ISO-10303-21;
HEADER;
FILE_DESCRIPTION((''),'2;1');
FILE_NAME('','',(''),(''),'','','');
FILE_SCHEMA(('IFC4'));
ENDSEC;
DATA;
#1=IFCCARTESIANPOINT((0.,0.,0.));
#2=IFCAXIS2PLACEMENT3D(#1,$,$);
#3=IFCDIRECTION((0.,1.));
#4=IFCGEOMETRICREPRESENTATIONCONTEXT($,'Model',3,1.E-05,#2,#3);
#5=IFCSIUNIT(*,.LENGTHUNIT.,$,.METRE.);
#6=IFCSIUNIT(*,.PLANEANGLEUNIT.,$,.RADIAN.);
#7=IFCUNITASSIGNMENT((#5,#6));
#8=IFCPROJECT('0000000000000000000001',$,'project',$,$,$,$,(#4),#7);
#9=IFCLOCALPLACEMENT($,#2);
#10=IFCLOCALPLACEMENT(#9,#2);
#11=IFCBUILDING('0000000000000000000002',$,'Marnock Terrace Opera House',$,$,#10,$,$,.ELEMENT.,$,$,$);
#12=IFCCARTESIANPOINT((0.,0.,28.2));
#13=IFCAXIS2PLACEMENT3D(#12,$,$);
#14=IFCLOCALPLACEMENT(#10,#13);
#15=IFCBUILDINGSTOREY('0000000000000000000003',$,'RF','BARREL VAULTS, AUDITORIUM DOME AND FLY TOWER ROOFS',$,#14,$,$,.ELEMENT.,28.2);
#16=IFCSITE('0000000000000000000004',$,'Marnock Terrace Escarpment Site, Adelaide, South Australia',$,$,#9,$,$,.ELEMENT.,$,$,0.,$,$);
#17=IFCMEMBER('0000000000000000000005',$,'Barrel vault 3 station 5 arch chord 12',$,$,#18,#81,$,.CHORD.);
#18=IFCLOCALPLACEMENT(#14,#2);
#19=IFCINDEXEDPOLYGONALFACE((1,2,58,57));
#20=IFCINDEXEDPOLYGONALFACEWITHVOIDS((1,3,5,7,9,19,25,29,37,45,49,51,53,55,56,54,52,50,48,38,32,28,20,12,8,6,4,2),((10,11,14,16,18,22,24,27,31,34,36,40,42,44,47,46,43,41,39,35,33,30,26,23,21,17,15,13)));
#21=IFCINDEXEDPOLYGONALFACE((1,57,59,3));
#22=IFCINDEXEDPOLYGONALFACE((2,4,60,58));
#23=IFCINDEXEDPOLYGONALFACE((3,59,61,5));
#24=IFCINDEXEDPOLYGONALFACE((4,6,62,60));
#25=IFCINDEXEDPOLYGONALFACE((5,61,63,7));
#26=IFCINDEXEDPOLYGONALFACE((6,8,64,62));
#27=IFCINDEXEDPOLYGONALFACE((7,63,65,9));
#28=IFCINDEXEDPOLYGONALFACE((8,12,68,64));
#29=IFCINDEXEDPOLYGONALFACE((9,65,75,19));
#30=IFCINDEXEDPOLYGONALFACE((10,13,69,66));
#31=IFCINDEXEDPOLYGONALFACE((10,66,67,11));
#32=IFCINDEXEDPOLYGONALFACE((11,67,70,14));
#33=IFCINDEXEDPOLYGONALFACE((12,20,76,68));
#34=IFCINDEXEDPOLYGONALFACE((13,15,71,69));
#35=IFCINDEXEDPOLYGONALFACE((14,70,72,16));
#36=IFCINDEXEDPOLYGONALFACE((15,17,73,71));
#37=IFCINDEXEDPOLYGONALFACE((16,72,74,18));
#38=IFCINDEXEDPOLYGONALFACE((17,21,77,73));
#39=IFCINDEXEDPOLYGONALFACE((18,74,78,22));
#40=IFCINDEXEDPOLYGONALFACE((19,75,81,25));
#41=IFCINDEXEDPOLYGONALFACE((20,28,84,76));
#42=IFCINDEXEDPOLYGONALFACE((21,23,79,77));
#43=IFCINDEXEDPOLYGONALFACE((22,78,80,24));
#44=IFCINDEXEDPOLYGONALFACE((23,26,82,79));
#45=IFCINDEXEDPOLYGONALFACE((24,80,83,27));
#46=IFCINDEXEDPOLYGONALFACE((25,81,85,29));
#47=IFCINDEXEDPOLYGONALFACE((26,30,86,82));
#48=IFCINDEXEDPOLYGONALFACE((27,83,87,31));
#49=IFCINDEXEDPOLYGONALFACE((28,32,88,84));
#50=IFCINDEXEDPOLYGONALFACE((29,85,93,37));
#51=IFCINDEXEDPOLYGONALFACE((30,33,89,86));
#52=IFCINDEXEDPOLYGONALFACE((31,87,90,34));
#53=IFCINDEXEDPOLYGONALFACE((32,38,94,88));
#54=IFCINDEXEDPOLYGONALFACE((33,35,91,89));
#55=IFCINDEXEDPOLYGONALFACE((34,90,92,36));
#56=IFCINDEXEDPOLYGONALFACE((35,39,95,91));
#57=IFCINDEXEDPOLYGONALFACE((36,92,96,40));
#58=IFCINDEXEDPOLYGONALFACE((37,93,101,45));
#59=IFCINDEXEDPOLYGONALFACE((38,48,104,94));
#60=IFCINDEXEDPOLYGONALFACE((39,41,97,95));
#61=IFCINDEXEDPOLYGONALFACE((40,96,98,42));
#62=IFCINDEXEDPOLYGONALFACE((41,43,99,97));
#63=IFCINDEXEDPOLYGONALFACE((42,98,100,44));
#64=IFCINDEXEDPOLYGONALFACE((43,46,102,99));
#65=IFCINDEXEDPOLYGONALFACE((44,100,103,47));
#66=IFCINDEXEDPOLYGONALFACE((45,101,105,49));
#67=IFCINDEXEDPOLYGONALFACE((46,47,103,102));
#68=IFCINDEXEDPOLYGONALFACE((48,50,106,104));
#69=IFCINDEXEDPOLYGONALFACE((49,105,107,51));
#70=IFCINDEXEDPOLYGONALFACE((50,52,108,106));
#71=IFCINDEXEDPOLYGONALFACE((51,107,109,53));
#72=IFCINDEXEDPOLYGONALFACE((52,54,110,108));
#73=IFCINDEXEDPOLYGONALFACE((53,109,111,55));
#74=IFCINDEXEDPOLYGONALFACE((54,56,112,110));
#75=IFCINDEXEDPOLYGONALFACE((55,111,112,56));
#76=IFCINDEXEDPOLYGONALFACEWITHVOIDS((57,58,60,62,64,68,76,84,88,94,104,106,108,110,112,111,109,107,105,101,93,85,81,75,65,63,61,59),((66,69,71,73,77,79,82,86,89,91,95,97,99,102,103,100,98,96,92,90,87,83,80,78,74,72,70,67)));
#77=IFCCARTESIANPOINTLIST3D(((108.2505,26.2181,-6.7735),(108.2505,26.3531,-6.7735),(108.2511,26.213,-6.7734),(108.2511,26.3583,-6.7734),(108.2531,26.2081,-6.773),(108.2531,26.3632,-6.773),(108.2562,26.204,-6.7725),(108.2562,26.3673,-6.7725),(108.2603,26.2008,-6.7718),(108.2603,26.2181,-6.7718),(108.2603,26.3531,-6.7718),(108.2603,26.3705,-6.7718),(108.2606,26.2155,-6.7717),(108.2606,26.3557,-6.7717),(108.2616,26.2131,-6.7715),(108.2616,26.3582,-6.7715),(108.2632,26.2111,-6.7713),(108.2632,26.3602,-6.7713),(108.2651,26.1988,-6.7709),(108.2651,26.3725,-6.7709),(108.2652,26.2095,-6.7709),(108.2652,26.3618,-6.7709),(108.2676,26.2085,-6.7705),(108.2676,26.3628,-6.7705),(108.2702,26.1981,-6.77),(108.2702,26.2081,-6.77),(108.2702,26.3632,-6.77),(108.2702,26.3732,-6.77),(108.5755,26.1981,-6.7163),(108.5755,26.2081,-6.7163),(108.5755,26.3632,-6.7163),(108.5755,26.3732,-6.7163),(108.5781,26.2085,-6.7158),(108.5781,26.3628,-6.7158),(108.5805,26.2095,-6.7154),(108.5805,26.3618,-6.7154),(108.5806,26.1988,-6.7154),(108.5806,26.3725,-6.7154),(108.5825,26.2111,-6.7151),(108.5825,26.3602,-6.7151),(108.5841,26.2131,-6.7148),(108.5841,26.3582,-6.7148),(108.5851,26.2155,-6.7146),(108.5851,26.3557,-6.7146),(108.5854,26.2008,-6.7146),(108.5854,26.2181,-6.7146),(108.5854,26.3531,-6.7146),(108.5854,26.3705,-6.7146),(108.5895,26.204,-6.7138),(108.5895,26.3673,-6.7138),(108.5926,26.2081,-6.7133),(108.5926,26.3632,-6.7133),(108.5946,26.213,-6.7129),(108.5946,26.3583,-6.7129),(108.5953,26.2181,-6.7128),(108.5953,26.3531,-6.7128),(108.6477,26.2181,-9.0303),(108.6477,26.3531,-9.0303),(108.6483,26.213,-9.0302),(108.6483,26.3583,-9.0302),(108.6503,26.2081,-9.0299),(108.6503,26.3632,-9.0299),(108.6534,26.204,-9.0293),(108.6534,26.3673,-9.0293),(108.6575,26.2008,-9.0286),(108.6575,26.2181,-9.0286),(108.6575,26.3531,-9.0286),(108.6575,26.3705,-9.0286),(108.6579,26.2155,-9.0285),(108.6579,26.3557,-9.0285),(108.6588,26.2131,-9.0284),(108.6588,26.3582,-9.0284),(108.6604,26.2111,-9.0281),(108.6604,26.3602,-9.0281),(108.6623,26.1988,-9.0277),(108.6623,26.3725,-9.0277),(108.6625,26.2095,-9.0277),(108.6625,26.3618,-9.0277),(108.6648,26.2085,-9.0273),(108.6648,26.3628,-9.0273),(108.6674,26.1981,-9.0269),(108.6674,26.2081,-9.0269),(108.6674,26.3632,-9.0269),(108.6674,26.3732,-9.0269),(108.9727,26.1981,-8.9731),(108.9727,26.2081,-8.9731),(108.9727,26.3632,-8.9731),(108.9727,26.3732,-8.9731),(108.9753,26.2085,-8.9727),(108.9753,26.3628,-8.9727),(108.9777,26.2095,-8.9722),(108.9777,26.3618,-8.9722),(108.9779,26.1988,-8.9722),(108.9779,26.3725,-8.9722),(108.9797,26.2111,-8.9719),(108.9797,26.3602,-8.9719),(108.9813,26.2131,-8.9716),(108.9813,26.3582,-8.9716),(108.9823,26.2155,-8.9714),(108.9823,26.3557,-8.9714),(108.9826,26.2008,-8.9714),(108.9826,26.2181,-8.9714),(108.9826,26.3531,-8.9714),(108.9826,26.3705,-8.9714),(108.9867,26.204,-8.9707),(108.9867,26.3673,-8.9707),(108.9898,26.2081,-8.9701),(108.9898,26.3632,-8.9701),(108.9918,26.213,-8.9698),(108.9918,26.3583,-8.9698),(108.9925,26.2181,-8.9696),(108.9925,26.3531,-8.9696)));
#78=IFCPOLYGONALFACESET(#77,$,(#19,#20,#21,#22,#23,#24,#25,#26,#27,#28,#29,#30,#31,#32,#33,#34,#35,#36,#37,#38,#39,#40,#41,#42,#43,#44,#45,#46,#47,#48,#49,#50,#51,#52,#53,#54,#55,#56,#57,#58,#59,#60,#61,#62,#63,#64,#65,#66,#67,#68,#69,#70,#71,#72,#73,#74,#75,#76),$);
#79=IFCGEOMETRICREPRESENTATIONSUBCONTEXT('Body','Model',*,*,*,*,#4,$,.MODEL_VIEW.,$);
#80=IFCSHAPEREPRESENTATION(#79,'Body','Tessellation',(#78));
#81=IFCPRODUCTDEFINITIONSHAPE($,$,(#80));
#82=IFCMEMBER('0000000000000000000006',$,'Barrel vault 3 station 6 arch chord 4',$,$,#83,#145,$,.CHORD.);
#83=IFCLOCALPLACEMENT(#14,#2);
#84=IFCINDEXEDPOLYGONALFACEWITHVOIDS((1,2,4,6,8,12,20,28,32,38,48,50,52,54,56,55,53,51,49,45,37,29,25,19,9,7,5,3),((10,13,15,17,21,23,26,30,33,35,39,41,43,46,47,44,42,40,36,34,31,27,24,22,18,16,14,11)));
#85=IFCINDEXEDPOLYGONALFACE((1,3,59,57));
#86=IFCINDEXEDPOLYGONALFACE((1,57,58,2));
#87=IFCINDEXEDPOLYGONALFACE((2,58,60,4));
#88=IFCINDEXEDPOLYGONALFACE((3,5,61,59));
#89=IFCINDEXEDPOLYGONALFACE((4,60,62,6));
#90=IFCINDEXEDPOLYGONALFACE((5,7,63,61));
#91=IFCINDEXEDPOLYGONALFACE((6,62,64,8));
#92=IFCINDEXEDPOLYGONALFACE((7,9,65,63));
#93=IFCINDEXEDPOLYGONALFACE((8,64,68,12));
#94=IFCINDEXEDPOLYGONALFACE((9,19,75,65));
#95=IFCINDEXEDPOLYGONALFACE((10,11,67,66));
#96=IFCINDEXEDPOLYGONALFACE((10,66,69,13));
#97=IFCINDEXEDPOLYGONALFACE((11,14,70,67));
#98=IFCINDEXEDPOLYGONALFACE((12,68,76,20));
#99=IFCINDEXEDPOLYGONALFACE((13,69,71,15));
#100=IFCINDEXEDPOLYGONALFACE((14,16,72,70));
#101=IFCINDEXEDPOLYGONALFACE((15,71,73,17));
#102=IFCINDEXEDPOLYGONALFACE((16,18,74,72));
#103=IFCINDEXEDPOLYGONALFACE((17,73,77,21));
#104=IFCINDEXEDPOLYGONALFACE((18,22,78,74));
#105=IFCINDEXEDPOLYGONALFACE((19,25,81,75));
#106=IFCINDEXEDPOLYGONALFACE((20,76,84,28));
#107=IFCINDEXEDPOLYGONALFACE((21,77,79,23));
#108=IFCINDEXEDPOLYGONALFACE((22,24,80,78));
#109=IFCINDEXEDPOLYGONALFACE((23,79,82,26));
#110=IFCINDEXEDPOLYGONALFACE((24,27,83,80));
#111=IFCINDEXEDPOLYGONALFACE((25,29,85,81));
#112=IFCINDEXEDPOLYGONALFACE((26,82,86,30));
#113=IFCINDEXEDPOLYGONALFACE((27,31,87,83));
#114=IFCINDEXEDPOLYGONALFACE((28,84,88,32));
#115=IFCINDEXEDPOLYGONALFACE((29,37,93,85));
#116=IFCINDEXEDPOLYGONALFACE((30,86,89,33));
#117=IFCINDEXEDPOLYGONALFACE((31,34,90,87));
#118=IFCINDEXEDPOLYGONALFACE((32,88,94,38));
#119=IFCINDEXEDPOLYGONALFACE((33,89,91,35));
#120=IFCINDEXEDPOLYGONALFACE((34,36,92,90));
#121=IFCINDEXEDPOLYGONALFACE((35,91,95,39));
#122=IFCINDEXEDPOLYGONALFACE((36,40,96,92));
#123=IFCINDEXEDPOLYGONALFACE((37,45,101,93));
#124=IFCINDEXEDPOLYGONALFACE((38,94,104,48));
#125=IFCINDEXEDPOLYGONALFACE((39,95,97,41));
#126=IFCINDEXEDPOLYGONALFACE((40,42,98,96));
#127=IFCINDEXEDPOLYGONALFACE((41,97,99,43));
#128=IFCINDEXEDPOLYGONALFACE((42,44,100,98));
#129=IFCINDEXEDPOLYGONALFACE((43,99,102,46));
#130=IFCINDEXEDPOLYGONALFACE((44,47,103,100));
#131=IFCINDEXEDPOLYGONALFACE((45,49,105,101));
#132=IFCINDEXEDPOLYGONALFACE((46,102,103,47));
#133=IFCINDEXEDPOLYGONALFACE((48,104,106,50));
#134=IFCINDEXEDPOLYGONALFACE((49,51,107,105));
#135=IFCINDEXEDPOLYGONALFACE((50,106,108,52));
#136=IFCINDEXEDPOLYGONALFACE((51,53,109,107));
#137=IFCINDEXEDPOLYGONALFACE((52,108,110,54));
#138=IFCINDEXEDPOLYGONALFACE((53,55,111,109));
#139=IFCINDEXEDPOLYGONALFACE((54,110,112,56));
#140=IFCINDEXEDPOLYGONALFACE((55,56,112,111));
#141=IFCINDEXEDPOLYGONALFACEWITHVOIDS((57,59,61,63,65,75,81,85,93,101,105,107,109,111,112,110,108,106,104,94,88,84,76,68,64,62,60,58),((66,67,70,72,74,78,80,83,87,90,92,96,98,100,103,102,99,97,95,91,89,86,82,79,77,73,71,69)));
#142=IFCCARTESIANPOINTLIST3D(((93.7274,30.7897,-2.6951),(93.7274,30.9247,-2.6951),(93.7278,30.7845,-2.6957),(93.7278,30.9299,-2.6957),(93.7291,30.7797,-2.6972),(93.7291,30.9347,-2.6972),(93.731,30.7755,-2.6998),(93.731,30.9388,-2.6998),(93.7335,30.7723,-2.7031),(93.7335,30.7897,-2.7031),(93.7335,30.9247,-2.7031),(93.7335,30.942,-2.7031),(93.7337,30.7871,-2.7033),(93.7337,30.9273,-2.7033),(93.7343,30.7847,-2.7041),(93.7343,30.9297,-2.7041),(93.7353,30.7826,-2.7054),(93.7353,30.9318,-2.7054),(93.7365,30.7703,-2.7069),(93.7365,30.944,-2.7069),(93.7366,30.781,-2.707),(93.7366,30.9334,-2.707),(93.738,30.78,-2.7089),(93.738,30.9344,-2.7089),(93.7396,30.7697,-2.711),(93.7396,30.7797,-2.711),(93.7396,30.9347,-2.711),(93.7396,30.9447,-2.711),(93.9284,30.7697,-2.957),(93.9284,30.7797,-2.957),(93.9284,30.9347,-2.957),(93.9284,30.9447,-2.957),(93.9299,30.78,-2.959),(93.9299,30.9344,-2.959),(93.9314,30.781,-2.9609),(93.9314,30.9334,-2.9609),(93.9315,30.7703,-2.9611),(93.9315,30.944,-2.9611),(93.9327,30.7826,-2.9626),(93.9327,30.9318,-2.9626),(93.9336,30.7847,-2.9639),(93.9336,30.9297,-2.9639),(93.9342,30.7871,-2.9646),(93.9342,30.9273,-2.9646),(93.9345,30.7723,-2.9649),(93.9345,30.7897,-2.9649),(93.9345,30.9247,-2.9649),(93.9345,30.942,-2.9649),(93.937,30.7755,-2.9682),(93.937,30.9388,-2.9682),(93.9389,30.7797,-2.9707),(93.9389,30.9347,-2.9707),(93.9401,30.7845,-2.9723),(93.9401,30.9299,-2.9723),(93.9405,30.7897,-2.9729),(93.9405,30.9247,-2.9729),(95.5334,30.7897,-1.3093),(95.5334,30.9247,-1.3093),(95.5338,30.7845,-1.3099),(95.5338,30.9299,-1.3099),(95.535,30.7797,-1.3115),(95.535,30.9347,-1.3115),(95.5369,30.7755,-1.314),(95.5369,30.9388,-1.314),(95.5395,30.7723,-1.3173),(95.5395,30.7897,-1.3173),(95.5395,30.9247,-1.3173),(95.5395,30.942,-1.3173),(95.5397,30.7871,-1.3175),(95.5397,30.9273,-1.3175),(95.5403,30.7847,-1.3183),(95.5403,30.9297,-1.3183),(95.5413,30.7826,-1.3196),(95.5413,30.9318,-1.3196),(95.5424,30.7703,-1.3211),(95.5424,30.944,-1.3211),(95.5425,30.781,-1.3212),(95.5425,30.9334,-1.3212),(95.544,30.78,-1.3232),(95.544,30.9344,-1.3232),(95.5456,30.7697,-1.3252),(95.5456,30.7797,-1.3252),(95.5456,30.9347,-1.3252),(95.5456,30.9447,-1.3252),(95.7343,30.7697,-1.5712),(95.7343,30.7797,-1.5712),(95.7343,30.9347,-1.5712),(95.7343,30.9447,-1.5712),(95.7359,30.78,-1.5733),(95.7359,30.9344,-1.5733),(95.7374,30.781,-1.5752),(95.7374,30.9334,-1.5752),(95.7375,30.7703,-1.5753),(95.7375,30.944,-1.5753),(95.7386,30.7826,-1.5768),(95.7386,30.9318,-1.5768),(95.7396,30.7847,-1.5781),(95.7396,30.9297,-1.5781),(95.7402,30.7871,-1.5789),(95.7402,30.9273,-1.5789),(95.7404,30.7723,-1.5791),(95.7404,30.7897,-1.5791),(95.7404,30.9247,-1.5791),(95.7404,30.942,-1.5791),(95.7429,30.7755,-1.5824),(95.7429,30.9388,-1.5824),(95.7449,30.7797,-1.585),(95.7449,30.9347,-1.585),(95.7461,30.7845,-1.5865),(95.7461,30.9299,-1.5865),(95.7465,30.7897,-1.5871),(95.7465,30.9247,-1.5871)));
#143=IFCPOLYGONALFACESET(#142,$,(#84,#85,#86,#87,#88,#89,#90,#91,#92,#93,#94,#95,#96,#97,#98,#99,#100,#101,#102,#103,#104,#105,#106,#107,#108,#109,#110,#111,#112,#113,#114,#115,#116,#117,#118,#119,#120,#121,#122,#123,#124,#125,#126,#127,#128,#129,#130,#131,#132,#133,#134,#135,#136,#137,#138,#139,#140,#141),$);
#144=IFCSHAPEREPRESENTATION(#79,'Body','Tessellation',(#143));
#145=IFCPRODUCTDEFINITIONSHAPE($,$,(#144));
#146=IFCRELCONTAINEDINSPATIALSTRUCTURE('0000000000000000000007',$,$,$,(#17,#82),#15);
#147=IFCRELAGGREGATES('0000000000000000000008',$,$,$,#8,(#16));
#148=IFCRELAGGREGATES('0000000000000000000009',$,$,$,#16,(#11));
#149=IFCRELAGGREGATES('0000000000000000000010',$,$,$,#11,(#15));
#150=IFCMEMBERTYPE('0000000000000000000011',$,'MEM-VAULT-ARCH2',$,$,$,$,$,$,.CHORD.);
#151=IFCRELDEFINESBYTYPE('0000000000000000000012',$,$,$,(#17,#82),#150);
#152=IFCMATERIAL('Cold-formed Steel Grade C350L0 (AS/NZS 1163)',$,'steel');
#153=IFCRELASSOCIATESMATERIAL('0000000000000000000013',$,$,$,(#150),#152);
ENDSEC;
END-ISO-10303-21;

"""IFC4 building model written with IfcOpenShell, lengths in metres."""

from ifc_helpers import new_model, si_unit, direction, frame, origin, origin_2d, place, context, subcontext, project, spatial, hollow_rectangle, extrude, material, material_profile, profile_set, type_object, element, save


model = new_model("IFC4")

# Units and contexts
model_context = context("Model", 3, precision=1e-05, world=origin(), true_north=direction((0.0, 1.0)))
body_context = subcontext(model_context, "Body", "Model", "MODEL_VIEW")
ifc_project = project(units=[si_unit("LENGTHUNIT", "METRE"), si_unit("PLANEANGLEUNIT", "RADIAN")], contexts=[model_context])

# Site, building, storey
site_placement = place(None, origin())
site = spatial("IfcSite", under=ifc_project, at=site_placement, Name="Marnock Terrace Escarpment Site, Adelaide, South Australia", CompositionType="ELEMENT", RefElevation=0.0)
building_placement = place(site_placement, origin())
building = spatial("IfcBuilding", under=site, at=building_placement, Name="Marnock Terrace Opera House", CompositionType="ELEMENT")
storey_placement = place(building_placement, frame((0.0, 0.0, 28.2)))
storey = spatial("IfcBuildingStorey", under=building, at=storey_placement, Name="RF", Description="BARREL VAULTS, AUDITORIUM DOME AND FLY TOWER ROOFS", CompositionType="ELEMENT", Elevation=28.2)

# Members
ifc_material = material(Name="Cold-formed Steel Grade C350L0 (AS/NZS 1163)", Category="steel")
ifc_material_profile_1 = material_profile(ifc_material, hollow_rectangle(XDim=0.175, YDim=0.3501, WallThickness=0.01, InnerFilletRadius=0.01, OuterFilletRadius=0.02, at=origin_2d()))
ifc_profile_set_1 = profile_set([ifc_material_profile_1], Name="Cold-formed Steel Grade C350L0 (AS/NZS 1163)")
member_type_1 = type_object("IfcMemberType", Name="MEM-VAULT-ARCH2", PredefinedType="CHORD", material=ifc_profile_set_1)
member_1_placement = place(storey_placement, frame((108.4229, 26.2856, -6.7432), z_axis=(0.173342, 0.0, -0.984862), x_axis=(0.0, 1.0, 0.0)))
element("IfcMember", 1, at=member_1_placement, inside=storey, type_object=member_type_1, Name="Barrel vault 3 station 5 arch chord 12", PredefinedType="CHORD", context=body_context, shape_type="SweptSolid", body=[
    extrude(hollow_rectangle(XDim=0.175, YDim=0.3501, WallThickness=0.01, InnerFilletRadius=0.01, OuterFilletRadius=0.02, at=origin_2d()), origin(), (0.0, 0.0, 1.0), 2.2915),
])
member_2_placement = place(storey_placement, frame((93.834, 30.8572, -2.834), z_axis=(0.793349, 0.0, 0.608767), x_axis=(0.0, 1.0, 0.0)))
element("IfcMember", 2, at=member_2_placement, inside=storey, type_object=member_type_1, Name="Barrel vault 3 station 6 arch chord 4", PredefinedType="CHORD", context=body_context, shape_type="SweptSolid", body=[
    extrude(hollow_rectangle(XDim=0.175, YDim=0.3501, WallThickness=0.01, InnerFilletRadius=0.01, OuterFilletRadius=0.02, at=origin_2d()), origin(), (0.0, 0.0, 1.0), 2.2764),
])

save(model, "model.ifc")
